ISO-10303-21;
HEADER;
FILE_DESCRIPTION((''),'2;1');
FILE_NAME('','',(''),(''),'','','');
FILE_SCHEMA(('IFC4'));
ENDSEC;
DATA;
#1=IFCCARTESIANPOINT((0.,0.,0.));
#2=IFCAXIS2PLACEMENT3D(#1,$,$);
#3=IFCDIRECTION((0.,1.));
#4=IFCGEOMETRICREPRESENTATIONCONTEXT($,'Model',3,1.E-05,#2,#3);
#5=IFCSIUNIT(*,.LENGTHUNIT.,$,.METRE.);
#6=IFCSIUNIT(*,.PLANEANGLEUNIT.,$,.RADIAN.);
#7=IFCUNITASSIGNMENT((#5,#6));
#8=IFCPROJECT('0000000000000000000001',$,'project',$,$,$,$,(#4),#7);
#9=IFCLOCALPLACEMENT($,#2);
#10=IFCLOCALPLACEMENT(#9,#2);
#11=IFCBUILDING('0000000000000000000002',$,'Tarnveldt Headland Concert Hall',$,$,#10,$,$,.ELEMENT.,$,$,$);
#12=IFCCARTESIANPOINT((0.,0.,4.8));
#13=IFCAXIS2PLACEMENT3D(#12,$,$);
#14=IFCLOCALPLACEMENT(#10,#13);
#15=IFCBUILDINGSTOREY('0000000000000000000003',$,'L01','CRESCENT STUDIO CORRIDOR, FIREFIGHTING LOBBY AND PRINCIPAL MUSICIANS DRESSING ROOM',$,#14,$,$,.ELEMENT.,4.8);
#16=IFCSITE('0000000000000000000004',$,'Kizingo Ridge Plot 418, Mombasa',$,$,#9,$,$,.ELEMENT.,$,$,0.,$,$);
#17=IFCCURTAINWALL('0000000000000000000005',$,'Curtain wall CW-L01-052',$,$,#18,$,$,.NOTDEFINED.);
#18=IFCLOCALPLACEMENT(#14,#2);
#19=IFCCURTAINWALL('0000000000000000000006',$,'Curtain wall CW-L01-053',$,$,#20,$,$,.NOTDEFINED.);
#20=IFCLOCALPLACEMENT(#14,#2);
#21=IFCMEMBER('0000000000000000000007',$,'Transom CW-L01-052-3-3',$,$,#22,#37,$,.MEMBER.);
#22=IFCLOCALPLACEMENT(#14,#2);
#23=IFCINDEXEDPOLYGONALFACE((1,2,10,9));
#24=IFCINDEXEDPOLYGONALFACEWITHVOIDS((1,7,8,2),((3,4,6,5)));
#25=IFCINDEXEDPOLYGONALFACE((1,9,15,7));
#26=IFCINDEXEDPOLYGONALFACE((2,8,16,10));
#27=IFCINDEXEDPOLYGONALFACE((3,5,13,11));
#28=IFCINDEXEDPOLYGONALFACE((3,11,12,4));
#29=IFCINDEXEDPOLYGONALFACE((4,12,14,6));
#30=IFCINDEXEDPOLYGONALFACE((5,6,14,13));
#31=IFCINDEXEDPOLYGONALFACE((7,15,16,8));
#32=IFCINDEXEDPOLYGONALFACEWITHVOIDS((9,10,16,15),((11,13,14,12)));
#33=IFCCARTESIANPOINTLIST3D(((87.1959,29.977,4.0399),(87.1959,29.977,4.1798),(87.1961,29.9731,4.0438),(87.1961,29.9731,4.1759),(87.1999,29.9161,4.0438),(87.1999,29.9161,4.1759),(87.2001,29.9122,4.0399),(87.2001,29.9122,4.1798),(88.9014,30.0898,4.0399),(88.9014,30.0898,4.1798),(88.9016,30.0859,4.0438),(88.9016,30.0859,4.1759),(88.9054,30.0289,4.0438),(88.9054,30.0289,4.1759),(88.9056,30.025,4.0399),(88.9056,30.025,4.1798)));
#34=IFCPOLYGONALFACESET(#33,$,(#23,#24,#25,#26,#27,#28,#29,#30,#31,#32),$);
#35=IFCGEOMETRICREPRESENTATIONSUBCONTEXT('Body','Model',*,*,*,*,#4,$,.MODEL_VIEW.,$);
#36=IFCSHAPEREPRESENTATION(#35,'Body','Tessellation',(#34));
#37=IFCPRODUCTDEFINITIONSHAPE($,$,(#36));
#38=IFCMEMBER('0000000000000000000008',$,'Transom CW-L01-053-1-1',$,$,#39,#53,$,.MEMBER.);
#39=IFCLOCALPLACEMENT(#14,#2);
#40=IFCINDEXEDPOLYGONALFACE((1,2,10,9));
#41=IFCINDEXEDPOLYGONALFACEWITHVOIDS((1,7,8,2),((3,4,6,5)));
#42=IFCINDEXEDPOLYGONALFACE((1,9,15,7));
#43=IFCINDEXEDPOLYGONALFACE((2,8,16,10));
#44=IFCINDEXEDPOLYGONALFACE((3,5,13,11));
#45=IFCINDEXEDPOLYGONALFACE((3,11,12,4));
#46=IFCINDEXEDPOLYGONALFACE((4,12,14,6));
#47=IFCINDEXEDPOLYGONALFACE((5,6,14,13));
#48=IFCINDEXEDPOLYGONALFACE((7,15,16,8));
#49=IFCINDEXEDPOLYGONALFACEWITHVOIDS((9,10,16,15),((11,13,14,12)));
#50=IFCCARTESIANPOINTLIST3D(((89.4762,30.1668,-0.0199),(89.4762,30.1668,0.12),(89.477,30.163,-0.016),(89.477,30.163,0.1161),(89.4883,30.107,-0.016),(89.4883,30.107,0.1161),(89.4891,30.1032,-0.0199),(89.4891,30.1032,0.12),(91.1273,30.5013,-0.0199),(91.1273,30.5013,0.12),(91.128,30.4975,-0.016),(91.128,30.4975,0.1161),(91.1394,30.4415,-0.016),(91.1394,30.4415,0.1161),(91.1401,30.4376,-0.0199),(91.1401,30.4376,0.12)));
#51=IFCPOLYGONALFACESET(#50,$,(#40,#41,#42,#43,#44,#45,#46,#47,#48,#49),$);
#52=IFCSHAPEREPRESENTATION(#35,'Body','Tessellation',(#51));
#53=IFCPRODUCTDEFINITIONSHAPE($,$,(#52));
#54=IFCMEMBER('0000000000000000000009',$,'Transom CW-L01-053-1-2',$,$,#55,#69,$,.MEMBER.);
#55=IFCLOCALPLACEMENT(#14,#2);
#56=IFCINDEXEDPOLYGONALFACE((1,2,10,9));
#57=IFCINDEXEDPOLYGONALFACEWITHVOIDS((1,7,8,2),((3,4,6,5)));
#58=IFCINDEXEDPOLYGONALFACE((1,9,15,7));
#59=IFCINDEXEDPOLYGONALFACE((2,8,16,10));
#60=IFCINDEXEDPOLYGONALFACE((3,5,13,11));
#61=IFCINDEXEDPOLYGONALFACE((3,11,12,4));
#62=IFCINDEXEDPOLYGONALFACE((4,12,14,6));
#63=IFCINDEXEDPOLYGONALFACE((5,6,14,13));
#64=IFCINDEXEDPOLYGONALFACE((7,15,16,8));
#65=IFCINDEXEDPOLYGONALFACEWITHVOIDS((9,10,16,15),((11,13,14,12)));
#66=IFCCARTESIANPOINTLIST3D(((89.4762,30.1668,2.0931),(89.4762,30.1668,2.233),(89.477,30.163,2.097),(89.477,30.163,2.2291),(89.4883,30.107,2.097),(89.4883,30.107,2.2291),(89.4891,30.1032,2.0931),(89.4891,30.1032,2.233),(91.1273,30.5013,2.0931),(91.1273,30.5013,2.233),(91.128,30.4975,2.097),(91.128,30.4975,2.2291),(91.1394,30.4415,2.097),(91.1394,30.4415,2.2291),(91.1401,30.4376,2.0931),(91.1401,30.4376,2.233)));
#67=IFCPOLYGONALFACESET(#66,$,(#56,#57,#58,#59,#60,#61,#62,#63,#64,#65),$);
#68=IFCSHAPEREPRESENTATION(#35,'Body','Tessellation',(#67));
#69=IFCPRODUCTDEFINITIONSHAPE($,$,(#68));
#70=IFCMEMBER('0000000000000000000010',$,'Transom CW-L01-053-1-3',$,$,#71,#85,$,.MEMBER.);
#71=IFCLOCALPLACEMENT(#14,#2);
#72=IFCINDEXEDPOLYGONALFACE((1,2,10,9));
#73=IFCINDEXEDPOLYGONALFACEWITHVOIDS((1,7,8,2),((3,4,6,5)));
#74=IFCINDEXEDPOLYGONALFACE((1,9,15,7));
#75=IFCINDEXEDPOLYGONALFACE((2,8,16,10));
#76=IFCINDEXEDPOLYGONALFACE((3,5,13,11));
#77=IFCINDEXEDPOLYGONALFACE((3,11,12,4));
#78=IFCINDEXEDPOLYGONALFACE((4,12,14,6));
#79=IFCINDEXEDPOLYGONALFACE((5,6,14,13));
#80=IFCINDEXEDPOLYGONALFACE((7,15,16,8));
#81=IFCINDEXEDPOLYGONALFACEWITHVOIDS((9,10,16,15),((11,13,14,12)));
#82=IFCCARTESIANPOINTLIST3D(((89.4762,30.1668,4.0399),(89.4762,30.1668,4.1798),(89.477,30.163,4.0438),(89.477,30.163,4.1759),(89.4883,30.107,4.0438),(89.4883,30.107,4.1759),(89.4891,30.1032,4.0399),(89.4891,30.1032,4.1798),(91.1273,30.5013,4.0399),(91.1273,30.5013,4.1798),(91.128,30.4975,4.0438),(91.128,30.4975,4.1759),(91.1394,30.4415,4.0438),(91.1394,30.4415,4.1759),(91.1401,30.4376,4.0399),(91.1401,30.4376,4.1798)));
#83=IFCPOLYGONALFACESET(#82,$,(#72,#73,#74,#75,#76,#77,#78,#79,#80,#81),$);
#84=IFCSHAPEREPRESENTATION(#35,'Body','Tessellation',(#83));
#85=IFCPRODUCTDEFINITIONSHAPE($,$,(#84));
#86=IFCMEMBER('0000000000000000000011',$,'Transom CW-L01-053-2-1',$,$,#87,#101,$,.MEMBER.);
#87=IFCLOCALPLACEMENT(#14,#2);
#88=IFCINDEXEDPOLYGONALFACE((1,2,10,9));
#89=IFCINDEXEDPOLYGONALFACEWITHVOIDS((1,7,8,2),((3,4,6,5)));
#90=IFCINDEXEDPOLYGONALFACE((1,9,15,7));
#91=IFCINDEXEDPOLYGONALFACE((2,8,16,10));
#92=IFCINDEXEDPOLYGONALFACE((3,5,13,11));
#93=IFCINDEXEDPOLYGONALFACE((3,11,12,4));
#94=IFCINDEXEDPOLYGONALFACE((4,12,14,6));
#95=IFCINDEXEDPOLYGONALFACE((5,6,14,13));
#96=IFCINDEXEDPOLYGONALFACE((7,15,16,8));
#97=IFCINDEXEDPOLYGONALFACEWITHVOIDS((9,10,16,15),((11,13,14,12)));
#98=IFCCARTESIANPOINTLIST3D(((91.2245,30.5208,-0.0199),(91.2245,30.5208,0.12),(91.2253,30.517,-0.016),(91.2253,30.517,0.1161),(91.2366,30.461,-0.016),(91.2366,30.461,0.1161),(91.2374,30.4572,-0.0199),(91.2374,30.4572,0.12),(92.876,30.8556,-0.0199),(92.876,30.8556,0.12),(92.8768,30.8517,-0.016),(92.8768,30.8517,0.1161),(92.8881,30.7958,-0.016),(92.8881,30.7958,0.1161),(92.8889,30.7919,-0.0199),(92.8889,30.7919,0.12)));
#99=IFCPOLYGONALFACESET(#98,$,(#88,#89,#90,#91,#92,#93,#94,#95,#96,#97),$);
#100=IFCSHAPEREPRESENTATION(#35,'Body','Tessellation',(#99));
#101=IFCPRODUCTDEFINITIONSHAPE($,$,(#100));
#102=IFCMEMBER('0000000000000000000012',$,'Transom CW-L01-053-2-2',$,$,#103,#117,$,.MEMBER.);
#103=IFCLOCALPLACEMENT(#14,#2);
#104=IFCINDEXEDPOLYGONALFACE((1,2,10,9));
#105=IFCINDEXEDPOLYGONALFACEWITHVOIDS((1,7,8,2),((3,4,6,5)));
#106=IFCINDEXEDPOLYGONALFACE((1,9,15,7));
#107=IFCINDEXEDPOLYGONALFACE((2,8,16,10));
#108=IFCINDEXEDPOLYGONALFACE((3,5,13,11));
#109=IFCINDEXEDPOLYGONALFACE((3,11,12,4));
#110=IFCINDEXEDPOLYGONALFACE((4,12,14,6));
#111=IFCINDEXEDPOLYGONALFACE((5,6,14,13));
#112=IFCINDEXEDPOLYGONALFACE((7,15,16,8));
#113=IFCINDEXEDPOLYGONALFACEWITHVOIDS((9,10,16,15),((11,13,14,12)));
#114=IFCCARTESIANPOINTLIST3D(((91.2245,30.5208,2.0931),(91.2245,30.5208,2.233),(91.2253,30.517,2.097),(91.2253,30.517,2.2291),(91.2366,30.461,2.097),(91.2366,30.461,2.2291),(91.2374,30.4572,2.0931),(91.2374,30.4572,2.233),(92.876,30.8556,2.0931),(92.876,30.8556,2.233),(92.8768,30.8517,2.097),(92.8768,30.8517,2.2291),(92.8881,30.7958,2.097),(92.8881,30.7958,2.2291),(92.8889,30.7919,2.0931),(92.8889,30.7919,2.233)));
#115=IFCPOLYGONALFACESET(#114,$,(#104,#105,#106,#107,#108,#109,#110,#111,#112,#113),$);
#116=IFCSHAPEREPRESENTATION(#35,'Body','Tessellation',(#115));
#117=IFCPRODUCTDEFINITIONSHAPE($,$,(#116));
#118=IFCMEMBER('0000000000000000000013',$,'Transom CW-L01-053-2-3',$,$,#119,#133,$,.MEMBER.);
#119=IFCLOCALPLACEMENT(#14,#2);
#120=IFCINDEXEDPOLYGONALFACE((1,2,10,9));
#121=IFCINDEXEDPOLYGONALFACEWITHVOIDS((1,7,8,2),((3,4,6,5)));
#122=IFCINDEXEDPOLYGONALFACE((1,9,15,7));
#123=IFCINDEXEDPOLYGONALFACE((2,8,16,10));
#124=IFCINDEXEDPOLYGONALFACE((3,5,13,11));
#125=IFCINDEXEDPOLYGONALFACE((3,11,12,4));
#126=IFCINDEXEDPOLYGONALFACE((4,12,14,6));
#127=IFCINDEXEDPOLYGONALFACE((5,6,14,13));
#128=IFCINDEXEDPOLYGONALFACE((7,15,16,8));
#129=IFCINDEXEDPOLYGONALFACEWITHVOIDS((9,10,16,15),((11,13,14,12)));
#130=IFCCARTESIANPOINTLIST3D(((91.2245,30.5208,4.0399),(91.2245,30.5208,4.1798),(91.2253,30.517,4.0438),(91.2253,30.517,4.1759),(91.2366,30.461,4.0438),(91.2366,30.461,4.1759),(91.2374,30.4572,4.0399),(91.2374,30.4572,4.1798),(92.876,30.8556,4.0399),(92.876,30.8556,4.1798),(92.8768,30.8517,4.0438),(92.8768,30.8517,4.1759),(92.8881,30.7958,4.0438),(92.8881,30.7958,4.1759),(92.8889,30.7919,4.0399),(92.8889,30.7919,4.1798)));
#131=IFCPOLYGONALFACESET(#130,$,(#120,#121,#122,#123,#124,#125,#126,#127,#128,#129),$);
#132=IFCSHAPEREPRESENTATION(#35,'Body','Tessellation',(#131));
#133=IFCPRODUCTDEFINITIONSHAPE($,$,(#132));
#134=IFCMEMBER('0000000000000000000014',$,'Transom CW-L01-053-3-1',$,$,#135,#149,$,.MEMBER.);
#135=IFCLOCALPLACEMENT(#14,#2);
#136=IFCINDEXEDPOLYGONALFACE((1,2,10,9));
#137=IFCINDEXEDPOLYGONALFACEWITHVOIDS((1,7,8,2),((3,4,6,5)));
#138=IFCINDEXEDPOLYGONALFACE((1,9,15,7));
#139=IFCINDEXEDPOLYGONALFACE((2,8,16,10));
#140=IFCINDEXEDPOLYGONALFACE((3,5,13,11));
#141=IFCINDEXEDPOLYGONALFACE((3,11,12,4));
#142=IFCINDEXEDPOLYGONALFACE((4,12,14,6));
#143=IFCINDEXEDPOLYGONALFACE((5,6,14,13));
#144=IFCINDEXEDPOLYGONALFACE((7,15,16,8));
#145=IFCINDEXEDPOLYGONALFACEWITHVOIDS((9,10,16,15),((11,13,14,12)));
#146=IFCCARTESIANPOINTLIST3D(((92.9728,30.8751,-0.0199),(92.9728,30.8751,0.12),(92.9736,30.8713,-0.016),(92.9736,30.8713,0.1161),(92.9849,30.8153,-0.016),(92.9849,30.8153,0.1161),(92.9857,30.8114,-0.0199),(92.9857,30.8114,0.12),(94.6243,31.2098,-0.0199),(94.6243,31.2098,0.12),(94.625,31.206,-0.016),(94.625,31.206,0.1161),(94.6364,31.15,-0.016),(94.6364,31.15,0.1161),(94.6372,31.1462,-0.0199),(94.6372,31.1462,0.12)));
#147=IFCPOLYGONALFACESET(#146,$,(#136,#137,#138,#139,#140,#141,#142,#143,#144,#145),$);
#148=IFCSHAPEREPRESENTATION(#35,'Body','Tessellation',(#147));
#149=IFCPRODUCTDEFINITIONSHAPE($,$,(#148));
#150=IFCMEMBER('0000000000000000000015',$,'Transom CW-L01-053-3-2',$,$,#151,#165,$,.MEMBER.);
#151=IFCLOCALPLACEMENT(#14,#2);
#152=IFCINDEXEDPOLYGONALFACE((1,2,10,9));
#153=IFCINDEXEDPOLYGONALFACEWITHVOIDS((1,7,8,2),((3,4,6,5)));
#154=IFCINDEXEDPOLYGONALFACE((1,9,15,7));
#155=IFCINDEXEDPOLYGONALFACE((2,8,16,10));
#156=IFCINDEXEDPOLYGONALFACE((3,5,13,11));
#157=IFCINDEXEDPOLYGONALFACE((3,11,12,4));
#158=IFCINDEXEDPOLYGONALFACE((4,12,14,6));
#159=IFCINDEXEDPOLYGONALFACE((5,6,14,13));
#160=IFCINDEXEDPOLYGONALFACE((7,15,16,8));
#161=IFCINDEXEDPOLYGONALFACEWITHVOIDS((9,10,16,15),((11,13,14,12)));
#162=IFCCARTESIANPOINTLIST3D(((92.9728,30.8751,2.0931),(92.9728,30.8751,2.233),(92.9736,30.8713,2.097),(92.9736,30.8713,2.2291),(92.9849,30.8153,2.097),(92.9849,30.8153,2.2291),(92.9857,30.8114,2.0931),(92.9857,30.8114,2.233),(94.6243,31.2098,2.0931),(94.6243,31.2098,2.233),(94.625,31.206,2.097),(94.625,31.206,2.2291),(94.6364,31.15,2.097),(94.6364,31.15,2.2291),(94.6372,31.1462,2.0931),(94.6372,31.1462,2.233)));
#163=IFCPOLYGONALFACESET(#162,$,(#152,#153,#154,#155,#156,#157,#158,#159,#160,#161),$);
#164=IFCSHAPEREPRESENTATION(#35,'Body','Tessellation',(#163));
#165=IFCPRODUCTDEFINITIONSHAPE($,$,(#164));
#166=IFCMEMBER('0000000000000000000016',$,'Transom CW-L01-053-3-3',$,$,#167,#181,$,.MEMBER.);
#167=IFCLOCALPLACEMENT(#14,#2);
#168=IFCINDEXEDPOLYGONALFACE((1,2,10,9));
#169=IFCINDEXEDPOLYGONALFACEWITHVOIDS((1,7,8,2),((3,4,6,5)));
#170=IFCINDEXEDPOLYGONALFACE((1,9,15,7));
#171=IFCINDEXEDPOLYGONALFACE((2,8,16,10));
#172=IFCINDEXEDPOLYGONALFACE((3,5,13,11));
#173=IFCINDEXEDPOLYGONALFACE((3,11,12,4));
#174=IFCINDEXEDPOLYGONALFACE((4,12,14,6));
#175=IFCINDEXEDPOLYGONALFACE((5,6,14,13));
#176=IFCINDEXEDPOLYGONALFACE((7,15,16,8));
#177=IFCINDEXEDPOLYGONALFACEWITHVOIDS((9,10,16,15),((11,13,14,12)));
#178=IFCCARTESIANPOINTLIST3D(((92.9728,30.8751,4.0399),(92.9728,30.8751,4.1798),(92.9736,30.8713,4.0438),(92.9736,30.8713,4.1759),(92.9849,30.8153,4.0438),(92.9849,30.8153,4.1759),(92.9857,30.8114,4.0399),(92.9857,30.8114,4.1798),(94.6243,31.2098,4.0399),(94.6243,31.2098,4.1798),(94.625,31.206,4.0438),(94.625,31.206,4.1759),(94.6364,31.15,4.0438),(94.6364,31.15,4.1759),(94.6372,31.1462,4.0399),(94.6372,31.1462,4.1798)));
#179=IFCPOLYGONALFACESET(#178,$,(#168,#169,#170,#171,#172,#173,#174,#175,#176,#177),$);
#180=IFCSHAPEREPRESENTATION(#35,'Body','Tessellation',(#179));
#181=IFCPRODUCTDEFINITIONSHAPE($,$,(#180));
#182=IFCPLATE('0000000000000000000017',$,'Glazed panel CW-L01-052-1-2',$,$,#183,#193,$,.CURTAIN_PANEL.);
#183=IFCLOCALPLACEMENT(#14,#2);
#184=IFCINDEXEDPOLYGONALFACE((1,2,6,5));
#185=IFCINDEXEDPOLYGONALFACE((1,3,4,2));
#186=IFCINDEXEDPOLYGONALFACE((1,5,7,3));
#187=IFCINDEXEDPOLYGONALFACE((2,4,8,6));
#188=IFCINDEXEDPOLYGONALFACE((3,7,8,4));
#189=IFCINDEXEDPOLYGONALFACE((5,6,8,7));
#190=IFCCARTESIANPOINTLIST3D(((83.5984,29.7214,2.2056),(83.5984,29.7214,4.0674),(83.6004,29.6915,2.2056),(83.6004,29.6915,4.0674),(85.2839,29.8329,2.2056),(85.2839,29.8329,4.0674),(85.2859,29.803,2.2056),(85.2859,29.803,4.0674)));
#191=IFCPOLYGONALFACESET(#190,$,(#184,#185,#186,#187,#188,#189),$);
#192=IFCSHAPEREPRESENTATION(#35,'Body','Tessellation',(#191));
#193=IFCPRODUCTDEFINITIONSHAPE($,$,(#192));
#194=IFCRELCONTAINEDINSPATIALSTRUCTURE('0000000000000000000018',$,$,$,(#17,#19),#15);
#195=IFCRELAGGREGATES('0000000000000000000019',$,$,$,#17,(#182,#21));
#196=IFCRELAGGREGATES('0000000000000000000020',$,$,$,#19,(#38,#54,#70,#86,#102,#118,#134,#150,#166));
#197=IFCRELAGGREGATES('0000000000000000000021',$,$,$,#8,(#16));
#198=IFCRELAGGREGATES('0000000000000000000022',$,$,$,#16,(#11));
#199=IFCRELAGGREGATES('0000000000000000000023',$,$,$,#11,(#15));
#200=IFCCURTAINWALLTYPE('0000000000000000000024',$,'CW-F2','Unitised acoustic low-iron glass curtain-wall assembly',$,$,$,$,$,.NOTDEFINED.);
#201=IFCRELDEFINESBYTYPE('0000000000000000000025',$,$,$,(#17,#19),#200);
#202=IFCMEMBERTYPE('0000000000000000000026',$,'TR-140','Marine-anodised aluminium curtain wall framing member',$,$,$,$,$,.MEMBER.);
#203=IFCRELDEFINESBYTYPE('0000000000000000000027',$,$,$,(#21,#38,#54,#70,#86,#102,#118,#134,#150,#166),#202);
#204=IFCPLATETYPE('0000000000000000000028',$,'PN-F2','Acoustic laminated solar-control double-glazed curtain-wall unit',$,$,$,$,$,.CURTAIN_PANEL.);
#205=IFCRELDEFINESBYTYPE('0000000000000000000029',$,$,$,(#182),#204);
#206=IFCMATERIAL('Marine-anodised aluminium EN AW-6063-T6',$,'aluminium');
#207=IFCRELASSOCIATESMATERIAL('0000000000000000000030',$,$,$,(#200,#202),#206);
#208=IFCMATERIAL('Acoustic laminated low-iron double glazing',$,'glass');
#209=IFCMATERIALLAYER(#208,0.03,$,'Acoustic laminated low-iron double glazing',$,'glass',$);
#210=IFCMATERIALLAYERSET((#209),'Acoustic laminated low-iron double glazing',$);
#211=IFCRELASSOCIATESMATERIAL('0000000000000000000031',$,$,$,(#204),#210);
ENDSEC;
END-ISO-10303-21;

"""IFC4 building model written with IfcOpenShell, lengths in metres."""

from ifc_helpers import new_model, si_unit, direction, frame, origin, origin_2d, place, context, subcontext, project, spatial, rectangle, hollow_rectangle, extrude, material, layer, layer_set, material_profile, profile_set, type_object, element, aggregate, save


model = new_model("IFC4")

# Units and contexts
model_context = context("Model", 3, precision=1e-05, world=origin(), true_north=direction((0.0, 1.0)))
body_context = subcontext(model_context, "Body", "Model", "MODEL_VIEW")
ifc_project = project(units=[si_unit("LENGTHUNIT", "METRE"), si_unit("PLANEANGLEUNIT", "RADIAN")], contexts=[model_context])

# Site, building, storey
site_placement = place(None, origin())
site = spatial("IfcSite", under=ifc_project, at=site_placement, Name="Kizingo Ridge Plot 418, Mombasa", CompositionType="ELEMENT", RefElevation=0.0)
building_placement = place(site_placement, origin())
building = spatial("IfcBuilding", under=site, at=building_placement, Name="Tarnveldt Headland Concert Hall", CompositionType="ELEMENT")
storey_placement = place(building_placement, frame((0.0, 0.0, 4.8)))
storey = spatial("IfcBuildingStorey", under=building, at=storey_placement, Name="L01", Description="CRESCENT STUDIO CORRIDOR, FIREFIGHTING LOBBY AND PRINCIPAL MUSICIANS DRESSING ROOM", CompositionType="ELEMENT", Elevation=4.8)

# Curtain walls
ifc_material_1 = material(Name="Marine-anodised aluminium EN AW-6063-T6", Category="aluminium")
curtain_wall_type = type_object("IfcCurtainWallType", Name="CW-F2", Description="Unitised acoustic low-iron glass curtain-wall assembly", PredefinedType="NOTDEFINED", material=ifc_material_1)
curtain_wall_1_placement = place(storey_placement, origin())
curtain_wall_1 = element("IfcCurtainWall", 1, at=curtain_wall_1_placement, inside=storey, type_object=curtain_wall_type, Name="Curtain wall CW-L01-052", PredefinedType="NOTDEFINED")
curtain_wall_2_placement = place(storey_placement, origin())
curtain_wall_2 = element("IfcCurtainWall", 2, at=curtain_wall_2_placement, inside=storey, type_object=curtain_wall_type, Name="Curtain wall CW-L01-053", PredefinedType="NOTDEFINED")

# Members
ifc_material_profile_1 = material_profile(ifc_material_1, hollow_rectangle(XDim=0.0649, YDim=0.1399, WallThickness=0.0039, at=origin_2d()), Name="ALU TRANSOM 65x140x4", Category="aluminium")
ifc_profile_set_1 = profile_set([ifc_material_profile_1], Name="Marine-anodised aluminium EN AW-6063-T6")
member_type_1 = type_object("IfcMemberType", Name="TR-140", Description="Marine-anodised aluminium curtain wall framing member", PredefinedType="MEMBER", material=ifc_profile_set_1)
member_1_placement = place(storey_placement, frame((87.198, 29.9446, 4.1099), z_axis=(0.99782, 0.065988, 0.0), x_axis=(-0.065988, 0.99782, 0.0)))
member_1 = element("IfcMember", 3, at=member_1_placement, type_object=member_type_1, Name="Transom CW-L01-052-3-3", PredefinedType="MEMBER", context=body_context, shape_type="SweptSolid", body=[
    extrude(hollow_rectangle(XDim=0.0649, YDim=0.1399, WallThickness=0.0039, at=origin_2d()), origin(), (0.0, 0.0, 1.0), 1.7092),
])
member_2_placement = place(storey_placement, frame((89.4827, 30.135, 0.05), z_axis=(0.980093, 0.19854, 0.0), x_axis=(-0.19854, 0.980093, 0.0)))
member_2 = element("IfcMember", 4, at=member_2_placement, type_object=member_type_1, Name="Transom CW-L01-053-1-1", PredefinedType="MEMBER", context=body_context, shape_type="SweptSolid", body=[
    extrude(hollow_rectangle(XDim=0.0649, YDim=0.1399, WallThickness=0.0039, at=origin_2d()), origin(), (0.0, 0.0, 1.0), 1.6846),
])
member_3_placement = place(storey_placement, frame((89.4827, 30.135, 2.1631), z_axis=(0.980093, 0.19854, 0.0), x_axis=(-0.19854, 0.980093, 0.0)))
member_3 = element("IfcMember", 5, at=member_3_placement, type_object=member_type_1, Name="Transom CW-L01-053-1-2", PredefinedType="MEMBER", context=body_context, shape_type="SweptSolid", body=[
    extrude(hollow_rectangle(XDim=0.0649, YDim=0.1399, WallThickness=0.0039, at=origin_2d()), origin(), (0.0, 0.0, 1.0), 1.6846),
])
member_4_placement = place(storey_placement, frame((89.4827, 30.135, 4.1099), z_axis=(0.980093, 0.19854, 0.0), x_axis=(-0.19854, 0.980093, 0.0)))
member_4 = element("IfcMember", 6, at=member_4_placement, type_object=member_type_1, Name="Transom CW-L01-053-1-3", PredefinedType="MEMBER", context=body_context, shape_type="SweptSolid", body=[
    extrude(hollow_rectangle(XDim=0.0649, YDim=0.1399, WallThickness=0.0039, at=origin_2d()), origin(), (0.0, 0.0, 1.0), 1.6846),
])
member_5_placement = place(storey_placement, frame((91.231, 30.489, 0.05), z_axis=(0.98007, 0.198651, 0.0), x_axis=(-0.198651, 0.98007, 0.0)))
member_5 = element("IfcMember", 7, at=member_5_placement, type_object=member_type_1, Name="Transom CW-L01-053-2-1", PredefinedType="MEMBER", context=body_context, shape_type="SweptSolid", body=[
    extrude(hollow_rectangle(XDim=0.0649, YDim=0.1399, WallThickness=0.0039, at=origin_2d()), origin(), (0.0, 0.0, 1.0), 1.6851),
])
member_6_placement = place(storey_placement, frame((91.231, 30.489, 2.1631), z_axis=(0.98007, 0.198651, 0.0), x_axis=(-0.198651, 0.98007, 0.0)))
member_6 = element("IfcMember", 8, at=member_6_placement, type_object=member_type_1, Name="Transom CW-L01-053-2-2", PredefinedType="MEMBER", context=body_context, shape_type="SweptSolid", body=[
    extrude(hollow_rectangle(XDim=0.0649, YDim=0.1399, WallThickness=0.0039, at=origin_2d()), origin(), (0.0, 0.0, 1.0), 1.6851),
])
member_7_placement = place(storey_placement, frame((91.231, 30.489, 4.1099), z_axis=(0.98007, 0.198651, 0.0), x_axis=(-0.198651, 0.98007, 0.0)))
member_7 = element("IfcMember", 9, at=member_7_placement, type_object=member_type_1, Name="Transom CW-L01-053-2-3", PredefinedType="MEMBER", context=body_context, shape_type="SweptSolid", body=[
    extrude(hollow_rectangle(XDim=0.0649, YDim=0.1399, WallThickness=0.0039, at=origin_2d()), origin(), (0.0, 0.0, 1.0), 1.6851),
])
member_8_placement = place(storey_placement, frame((92.9792, 30.8433, 0.05), z_axis=(0.98007, 0.198651, 0.0), x_axis=(-0.198651, 0.98007, 0.0)))
member_8 = element("IfcMember", 10, at=member_8_placement, type_object=member_type_1, Name="Transom CW-L01-053-3-1", PredefinedType="MEMBER", context=body_context, shape_type="SweptSolid", body=[
    extrude(hollow_rectangle(XDim=0.0649, YDim=0.1399, WallThickness=0.0039, at=origin_2d()), origin(), (0.0, 0.0, 1.0), 1.6851),
])
member_9_placement = place(storey_placement, frame((92.9792, 30.8433, 2.1631), z_axis=(0.98007, 0.198651, 0.0), x_axis=(-0.198651, 0.98007, 0.0)))
member_9 = element("IfcMember", 11, at=member_9_placement, type_object=member_type_1, Name="Transom CW-L01-053-3-2", PredefinedType="MEMBER", context=body_context, shape_type="SweptSolid", body=[
    extrude(hollow_rectangle(XDim=0.0649, YDim=0.1399, WallThickness=0.0039, at=origin_2d()), origin(), (0.0, 0.0, 1.0), 1.6851),
])
member_10_placement = place(storey_placement, frame((92.9792, 30.8433, 4.1099), z_axis=(0.98007, 0.198651, 0.0), x_axis=(-0.198651, 0.98007, 0.0)))
member_10 = element("IfcMember", 12, at=member_10_placement, type_object=member_type_1, Name="Transom CW-L01-053-3-3", PredefinedType="MEMBER", context=body_context, shape_type="SweptSolid", body=[
    extrude(hollow_rectangle(XDim=0.0649, YDim=0.1399, WallThickness=0.0039, at=origin_2d()), origin(), (0.0, 0.0, 1.0), 1.6851),
])

# Plate
ifc_material_2 = material(Name="Acoustic laminated low-iron double glazing", Category="glass")
ifc_layer_1 = layer(ifc_material_2, 0.03, Name="Acoustic laminated low-iron double glazing", Category="glass")
ifc_layer_set_1 = layer_set([ifc_layer_1], Name="Acoustic laminated low-iron double glazing")
plate_type = type_object("IfcPlateType", Name="PN-F2", Description="Acoustic laminated solar-control double-glazed curtain-wall unit", PredefinedType="CURTAIN_PANEL", material=ifc_layer_set_1)
plate_1_placement = place(storey_placement, frame((84.4421, 29.7622, 2.2056), z_axis=(0.0, 0.0, 1.0), x_axis=(0.997819, 0.066013, 0.0)))
plate_1 = element("IfcPlate", 13, at=plate_1_placement, type_object=plate_type, Name="Glazed panel CW-L01-052-1-2", PredefinedType="CURTAIN_PANEL", context=body_context, shape_type="SweptSolid", body=[
    extrude(rectangle(XDim=1.6892, YDim=0.03, at=origin_2d()), origin(), (0.0, 0.0, 1.0), 1.8618),
])
aggregate(curtain_wall_1, [plate_1, member_1])
aggregate(curtain_wall_2, [member_2, member_3, member_4, member_5, member_6, member_7, member_8, member_9, member_10])

save(model, "model.ifc")
